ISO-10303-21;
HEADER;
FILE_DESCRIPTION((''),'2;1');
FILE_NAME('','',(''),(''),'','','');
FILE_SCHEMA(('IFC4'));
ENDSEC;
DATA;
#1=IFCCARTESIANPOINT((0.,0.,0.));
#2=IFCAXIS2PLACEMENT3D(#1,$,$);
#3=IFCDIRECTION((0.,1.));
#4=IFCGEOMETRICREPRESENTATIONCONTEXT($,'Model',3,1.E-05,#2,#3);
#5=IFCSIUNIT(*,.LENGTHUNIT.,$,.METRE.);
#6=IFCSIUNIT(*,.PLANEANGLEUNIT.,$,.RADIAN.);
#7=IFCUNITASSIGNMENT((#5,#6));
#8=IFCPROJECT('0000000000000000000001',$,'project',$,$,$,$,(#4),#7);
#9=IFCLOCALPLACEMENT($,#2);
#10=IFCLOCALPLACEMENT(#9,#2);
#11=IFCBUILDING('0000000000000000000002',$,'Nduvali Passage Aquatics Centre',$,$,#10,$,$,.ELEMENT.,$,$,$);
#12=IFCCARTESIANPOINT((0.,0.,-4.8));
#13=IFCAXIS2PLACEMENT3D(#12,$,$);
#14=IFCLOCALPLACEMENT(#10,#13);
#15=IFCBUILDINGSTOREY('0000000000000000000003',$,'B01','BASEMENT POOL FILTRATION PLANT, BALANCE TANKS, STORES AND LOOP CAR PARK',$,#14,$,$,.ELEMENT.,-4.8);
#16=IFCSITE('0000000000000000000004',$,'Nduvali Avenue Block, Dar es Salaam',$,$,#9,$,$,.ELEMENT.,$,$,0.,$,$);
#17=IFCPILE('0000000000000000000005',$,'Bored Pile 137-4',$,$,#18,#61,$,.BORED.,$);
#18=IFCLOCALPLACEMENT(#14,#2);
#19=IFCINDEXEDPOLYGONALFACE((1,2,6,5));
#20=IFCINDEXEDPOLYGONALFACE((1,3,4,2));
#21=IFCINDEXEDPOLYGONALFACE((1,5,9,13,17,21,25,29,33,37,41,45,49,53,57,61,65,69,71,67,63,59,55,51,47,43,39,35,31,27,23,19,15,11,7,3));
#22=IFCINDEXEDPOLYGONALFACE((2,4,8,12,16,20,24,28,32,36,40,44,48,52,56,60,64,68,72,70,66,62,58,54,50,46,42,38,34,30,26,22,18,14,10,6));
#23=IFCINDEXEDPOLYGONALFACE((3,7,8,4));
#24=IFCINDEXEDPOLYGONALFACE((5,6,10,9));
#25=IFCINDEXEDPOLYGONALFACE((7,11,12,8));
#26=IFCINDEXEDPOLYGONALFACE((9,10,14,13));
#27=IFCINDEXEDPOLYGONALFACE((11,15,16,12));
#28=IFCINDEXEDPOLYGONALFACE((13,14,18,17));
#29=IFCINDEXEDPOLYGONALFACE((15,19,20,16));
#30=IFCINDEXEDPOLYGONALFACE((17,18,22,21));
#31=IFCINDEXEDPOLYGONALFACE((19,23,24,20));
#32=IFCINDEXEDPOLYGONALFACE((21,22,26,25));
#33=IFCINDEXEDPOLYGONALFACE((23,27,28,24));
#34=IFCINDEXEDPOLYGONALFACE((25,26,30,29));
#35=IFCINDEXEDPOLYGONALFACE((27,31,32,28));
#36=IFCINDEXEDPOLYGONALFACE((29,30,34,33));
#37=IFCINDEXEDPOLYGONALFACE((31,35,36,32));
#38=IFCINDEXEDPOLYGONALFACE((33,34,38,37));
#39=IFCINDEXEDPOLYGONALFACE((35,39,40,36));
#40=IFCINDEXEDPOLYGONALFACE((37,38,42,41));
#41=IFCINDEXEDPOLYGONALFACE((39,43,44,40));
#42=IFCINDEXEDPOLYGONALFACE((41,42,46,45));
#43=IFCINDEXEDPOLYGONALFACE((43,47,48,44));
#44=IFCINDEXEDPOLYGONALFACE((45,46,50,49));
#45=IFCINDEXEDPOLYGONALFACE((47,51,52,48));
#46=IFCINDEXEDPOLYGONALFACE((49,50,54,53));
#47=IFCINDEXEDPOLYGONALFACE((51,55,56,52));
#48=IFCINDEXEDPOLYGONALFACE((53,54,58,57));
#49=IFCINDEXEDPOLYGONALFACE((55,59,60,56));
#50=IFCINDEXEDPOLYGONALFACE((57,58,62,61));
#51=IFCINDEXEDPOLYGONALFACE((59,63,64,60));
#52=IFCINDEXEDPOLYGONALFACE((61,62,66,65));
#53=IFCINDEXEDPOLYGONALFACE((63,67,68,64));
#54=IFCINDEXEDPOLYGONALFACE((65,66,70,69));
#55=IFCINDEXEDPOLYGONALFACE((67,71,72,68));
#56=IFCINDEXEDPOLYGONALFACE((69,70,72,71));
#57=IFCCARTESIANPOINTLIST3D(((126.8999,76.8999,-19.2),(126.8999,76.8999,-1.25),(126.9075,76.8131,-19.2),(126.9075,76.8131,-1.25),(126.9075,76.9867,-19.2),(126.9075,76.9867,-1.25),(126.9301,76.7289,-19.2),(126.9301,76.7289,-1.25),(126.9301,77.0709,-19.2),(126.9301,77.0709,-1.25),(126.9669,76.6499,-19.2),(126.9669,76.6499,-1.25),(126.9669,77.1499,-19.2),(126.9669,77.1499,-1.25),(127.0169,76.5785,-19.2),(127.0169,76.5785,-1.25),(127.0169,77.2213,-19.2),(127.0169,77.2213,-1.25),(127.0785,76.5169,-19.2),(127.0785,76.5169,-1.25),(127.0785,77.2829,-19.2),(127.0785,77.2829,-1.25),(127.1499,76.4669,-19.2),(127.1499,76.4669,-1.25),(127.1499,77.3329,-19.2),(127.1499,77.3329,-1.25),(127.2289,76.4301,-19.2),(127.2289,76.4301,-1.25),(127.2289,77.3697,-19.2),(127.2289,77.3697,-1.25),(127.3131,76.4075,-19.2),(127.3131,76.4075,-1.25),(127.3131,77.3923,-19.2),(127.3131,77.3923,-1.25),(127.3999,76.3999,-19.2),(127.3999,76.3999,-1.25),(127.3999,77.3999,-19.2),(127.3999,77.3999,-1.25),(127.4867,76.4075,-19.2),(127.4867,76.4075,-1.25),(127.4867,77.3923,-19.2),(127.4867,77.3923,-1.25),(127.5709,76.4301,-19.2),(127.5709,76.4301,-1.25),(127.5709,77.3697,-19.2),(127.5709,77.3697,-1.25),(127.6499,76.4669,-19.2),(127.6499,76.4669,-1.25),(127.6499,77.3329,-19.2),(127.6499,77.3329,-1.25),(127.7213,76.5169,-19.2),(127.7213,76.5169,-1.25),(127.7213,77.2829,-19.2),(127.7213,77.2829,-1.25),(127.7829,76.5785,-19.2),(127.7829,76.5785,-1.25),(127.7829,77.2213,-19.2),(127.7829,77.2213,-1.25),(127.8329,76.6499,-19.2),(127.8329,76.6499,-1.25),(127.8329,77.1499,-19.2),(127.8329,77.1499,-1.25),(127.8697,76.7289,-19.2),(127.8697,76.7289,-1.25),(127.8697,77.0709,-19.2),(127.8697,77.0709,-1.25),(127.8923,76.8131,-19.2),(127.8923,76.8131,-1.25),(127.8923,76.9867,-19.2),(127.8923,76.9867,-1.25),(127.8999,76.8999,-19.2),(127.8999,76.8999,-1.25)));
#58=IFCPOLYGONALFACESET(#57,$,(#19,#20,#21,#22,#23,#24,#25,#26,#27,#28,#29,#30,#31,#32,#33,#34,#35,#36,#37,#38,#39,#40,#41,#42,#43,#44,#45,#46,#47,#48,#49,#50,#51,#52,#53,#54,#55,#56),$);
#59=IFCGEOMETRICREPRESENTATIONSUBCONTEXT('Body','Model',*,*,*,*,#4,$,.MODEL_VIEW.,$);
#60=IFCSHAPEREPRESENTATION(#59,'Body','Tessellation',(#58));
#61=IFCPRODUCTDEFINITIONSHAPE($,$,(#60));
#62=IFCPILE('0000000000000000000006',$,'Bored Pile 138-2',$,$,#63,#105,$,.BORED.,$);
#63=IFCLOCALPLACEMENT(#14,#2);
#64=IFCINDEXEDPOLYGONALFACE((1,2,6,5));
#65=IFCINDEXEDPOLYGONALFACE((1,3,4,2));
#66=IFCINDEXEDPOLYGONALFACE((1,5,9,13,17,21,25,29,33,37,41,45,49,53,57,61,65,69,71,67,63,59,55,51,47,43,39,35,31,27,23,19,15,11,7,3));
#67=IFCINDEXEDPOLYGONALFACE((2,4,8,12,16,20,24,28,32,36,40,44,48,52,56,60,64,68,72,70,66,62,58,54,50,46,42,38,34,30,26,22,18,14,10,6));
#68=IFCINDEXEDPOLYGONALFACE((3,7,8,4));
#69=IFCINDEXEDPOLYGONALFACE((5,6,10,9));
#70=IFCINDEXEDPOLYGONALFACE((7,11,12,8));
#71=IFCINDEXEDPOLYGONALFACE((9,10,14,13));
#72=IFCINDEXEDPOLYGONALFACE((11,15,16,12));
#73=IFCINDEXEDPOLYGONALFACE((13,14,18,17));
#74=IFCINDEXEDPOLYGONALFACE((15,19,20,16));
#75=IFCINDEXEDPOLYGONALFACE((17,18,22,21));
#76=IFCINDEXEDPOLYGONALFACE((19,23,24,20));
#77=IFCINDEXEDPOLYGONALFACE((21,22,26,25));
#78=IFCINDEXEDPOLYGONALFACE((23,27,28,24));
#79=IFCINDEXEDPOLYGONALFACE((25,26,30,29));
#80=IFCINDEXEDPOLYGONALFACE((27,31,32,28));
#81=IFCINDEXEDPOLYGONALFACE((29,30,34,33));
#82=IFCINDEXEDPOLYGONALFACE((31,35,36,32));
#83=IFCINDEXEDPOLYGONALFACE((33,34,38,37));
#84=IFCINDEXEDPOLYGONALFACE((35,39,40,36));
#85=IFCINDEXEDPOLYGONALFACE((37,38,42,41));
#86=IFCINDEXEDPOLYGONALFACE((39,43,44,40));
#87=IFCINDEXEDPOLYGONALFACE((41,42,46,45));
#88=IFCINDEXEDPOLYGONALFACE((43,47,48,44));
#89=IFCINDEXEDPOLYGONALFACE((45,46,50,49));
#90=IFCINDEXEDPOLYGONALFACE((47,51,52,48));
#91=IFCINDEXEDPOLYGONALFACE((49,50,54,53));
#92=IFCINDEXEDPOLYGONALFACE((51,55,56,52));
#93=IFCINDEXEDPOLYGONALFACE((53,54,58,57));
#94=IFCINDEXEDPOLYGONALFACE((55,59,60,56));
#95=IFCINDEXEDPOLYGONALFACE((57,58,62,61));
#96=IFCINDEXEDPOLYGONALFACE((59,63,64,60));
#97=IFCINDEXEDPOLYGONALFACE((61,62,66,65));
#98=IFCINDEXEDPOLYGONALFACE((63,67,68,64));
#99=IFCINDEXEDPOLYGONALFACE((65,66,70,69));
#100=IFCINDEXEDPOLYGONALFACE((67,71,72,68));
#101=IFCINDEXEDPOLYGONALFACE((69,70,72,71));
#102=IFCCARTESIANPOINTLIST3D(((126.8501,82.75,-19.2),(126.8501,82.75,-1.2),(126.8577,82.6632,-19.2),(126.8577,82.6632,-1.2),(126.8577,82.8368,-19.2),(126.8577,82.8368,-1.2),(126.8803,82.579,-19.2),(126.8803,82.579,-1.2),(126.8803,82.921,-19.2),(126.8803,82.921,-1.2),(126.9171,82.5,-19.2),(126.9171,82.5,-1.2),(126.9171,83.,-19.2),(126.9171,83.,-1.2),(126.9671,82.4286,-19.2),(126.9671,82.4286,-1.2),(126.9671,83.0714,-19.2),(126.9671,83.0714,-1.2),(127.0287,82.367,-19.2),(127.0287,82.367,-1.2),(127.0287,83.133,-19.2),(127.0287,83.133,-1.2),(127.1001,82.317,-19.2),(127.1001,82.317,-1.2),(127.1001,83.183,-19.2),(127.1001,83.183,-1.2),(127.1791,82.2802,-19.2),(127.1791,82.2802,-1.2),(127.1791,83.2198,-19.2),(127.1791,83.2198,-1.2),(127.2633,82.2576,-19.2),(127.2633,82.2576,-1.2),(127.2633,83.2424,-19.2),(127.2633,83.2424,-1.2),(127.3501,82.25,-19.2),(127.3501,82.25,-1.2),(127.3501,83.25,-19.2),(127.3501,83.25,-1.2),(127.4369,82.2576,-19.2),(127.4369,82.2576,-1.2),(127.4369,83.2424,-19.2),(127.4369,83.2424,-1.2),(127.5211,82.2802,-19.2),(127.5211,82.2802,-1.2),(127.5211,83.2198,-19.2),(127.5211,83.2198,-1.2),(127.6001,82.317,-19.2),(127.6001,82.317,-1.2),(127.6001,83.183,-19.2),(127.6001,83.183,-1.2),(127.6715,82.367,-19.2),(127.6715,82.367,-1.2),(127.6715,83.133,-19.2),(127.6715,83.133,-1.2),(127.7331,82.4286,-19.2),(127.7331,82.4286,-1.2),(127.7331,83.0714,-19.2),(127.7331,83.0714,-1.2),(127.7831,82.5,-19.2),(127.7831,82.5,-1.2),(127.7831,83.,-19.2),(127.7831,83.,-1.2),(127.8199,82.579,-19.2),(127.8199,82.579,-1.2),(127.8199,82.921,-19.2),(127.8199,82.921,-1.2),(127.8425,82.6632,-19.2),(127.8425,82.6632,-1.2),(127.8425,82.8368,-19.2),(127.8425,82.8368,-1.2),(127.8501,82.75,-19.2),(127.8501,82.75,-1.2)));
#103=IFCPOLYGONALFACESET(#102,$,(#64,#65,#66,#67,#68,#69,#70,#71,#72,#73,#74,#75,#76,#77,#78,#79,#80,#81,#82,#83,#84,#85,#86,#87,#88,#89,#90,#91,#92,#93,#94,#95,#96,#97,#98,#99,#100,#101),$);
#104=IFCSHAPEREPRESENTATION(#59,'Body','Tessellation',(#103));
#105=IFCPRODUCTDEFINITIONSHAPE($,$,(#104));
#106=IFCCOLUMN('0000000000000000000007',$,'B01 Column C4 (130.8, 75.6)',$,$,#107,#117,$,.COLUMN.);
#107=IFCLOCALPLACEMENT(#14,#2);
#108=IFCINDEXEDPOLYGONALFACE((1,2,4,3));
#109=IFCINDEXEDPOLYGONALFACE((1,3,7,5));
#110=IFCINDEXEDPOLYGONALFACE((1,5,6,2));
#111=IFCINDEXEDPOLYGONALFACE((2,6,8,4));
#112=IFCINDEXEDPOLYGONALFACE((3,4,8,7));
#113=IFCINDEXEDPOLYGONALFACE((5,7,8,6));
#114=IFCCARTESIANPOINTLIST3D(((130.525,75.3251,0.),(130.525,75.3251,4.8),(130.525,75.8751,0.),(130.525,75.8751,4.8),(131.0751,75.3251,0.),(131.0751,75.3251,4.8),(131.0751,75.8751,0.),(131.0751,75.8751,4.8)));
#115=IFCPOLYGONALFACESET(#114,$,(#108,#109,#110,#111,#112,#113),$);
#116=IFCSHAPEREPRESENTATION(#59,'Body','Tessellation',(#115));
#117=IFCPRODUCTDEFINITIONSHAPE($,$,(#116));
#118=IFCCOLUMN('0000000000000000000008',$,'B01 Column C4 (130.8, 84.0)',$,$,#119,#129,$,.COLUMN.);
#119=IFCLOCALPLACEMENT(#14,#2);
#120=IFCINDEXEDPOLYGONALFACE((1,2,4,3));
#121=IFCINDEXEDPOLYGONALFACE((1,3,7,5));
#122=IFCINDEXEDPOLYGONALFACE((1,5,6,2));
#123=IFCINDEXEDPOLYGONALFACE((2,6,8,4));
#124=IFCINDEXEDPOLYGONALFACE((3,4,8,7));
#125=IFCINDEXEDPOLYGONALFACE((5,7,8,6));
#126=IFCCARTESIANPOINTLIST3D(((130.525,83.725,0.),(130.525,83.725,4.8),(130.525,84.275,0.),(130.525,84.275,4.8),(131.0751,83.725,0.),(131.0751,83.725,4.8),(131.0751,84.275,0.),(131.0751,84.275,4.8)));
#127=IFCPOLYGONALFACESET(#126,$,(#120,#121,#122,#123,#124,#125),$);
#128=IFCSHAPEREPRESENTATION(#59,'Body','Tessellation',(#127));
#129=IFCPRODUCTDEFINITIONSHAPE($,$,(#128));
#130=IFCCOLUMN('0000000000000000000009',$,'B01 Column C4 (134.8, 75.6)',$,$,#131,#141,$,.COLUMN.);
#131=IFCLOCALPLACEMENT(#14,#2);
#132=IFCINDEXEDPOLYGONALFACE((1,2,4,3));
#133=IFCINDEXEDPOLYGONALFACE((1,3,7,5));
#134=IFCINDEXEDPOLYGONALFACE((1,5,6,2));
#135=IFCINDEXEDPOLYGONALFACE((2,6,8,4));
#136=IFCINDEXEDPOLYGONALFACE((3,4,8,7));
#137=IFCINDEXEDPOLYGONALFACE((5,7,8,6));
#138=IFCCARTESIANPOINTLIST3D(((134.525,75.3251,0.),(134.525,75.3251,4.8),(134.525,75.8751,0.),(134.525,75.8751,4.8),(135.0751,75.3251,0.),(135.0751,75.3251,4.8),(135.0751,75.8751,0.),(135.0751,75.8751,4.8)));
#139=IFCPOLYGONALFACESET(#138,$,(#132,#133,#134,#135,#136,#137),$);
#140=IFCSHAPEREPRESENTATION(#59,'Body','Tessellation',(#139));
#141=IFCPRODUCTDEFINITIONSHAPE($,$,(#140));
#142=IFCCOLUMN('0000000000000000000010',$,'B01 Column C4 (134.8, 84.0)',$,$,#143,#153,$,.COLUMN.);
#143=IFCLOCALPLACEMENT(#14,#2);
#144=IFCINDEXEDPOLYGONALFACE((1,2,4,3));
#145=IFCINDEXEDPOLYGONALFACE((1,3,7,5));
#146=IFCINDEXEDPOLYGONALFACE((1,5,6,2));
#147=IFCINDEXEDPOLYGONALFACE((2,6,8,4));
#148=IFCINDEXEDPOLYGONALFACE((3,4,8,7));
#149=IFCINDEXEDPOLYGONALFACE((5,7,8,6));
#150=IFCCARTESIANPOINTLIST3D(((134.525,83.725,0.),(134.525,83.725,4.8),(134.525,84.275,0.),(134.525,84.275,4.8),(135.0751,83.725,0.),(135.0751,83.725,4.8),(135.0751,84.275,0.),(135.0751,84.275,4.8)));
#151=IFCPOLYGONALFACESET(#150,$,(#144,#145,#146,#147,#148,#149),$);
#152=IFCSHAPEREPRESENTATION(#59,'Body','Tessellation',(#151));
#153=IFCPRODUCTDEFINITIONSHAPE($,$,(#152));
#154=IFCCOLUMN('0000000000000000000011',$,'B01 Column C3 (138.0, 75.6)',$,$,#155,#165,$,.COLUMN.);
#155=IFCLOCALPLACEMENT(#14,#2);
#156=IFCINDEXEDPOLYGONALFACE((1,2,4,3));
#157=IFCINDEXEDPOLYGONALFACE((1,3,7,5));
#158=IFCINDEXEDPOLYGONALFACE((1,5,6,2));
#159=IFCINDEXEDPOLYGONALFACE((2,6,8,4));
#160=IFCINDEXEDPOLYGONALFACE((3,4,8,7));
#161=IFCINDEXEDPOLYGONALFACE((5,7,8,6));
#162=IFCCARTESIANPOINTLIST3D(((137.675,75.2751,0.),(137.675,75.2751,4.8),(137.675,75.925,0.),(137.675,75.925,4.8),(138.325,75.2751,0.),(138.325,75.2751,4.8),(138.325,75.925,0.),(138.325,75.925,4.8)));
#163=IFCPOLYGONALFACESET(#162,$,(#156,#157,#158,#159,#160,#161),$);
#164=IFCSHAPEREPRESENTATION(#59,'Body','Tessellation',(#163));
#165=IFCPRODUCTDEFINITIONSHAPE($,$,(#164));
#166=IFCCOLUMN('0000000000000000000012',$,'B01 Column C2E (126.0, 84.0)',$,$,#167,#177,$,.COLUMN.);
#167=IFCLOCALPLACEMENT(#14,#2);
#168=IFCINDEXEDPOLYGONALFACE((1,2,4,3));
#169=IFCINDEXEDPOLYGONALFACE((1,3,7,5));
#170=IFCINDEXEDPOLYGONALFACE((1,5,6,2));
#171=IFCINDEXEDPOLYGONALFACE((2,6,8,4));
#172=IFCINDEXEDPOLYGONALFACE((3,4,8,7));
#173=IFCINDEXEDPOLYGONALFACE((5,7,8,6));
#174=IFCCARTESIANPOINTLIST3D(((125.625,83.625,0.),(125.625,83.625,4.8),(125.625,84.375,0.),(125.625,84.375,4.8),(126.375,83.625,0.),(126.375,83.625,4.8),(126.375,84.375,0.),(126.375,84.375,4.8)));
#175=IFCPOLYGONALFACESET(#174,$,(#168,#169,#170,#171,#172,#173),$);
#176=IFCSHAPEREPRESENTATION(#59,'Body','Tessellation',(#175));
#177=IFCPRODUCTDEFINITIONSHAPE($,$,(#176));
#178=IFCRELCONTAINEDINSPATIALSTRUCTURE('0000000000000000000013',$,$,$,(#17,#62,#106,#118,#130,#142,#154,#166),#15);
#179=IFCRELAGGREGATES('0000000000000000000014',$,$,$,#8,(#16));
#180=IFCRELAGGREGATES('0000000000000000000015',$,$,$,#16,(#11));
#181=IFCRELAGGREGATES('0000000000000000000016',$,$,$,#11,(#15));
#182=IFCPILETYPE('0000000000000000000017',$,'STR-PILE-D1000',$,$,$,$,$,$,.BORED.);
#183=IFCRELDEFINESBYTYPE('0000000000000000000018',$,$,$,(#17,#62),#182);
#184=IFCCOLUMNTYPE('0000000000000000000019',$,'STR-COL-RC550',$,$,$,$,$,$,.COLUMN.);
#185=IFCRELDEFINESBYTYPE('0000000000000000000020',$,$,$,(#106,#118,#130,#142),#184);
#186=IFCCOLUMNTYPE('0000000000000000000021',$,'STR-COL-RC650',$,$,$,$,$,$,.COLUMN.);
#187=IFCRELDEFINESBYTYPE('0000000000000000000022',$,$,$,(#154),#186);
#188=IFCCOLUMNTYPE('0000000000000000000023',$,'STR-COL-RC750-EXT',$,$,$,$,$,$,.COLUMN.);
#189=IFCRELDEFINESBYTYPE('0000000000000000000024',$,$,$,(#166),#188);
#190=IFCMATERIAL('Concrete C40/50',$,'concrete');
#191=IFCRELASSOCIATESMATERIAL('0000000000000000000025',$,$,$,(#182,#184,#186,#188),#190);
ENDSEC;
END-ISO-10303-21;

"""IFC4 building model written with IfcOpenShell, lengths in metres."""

from ifc_helpers import new_model, si_unit, direction, frame, origin, origin_2d, place, context, subcontext, project, spatial, rectangle, circle, extrude, material, material_profile, profile_set, type_object, element, save


model = new_model("IFC4")

# Units and contexts
model_context = context("Model", 3, precision=1e-05, world=origin(), true_north=direction((0.0, 1.0)))
body_context = subcontext(model_context, "Body", "Model", "MODEL_VIEW")
ifc_project = project(units=[si_unit("LENGTHUNIT", "METRE"), si_unit("PLANEANGLEUNIT", "RADIAN")], contexts=[model_context])

# Site, building, storey
site_placement = place(None, origin())
site = spatial("IfcSite", under=ifc_project, at=site_placement, Name="Nduvali Avenue Block, Dar es Salaam", CompositionType="ELEMENT", RefElevation=0.0)
building_placement = place(site_placement, origin())
building = spatial("IfcBuilding", under=site, at=building_placement, Name="Nduvali Passage Aquatics Centre", CompositionType="ELEMENT")
storey_placement = place(building_placement, frame((0.0, 0.0, -4.8)))
storey = spatial("IfcBuildingStorey", under=building, at=storey_placement, Name="B01", Description="BASEMENT POOL FILTRATION PLANT, BALANCE TANKS, STORES AND LOOP CAR PARK", CompositionType="ELEMENT", Elevation=-4.8)

# Shared definitions
ifc_material = material(Name="Concrete C40/50", Category="concrete")

# Piles
ifc_material_profile_1 = material_profile(ifc_material, circle(Radius=0.5, at=origin_2d()), Name="PILE D1000")
ifc_profile_set_1 = profile_set([ifc_material_profile_1], Name="Concrete C40/50")
pile_type = type_object("IfcPileType", Name="STR-PILE-D1000", PredefinedType="BORED", material=ifc_profile_set_1)
pile_1_placement = place(storey_placement, frame((127.3999, 76.8999, -1.25), z_axis=(0.0, 0.0, -1.0), x_axis=(1.0, 0.0, 0.0)))
element("IfcPile", 1, at=pile_1_placement, inside=storey, type_object=pile_type, Name="Bored Pile 137-4", PredefinedType="BORED", context=body_context, shape_type="SweptSolid", body=[
    extrude(circle(Radius=0.5, at=origin_2d()), origin(), (0.0, 0.0, 1.0), 17.95),
])
pile_2_placement = place(storey_placement, frame((127.3501, 82.75, -1.2), z_axis=(0.0, 0.0, -1.0), x_axis=(1.0, 0.0, 0.0)))
element("IfcPile", 2, at=pile_2_placement, inside=storey, type_object=pile_type, Name="Bored Pile 138-2", PredefinedType="BORED", context=body_context, shape_type="SweptSolid", body=[
    extrude(circle(Radius=0.5, at=origin_2d()), origin(), (0.0, 0.0, 1.0), 18.0),
])

# Columns
ifc_material_profile_2 = material_profile(ifc_material, rectangle(XDim=0.55, YDim=0.55, at=origin_2d()), Name="RC 550x550")
ifc_profile_set_2 = profile_set([ifc_material_profile_2], Name="Concrete C40/50")
column_type_1 = type_object("IfcColumnType", Name="STR-COL-RC550", PredefinedType="COLUMN", material=ifc_profile_set_2)
for number, where, z_axis, x_axis, name in (
    (3, (130.8, 75.6001, 0.0), (0.0, 0.0, 1.0), (1.0, 0.0, 0.0), "B01 Column C4 (130.8, 75.6)"),
    (4, (130.8, 84.0, 0.0), (0.0, 0.0, 1.0), (1.0, 0.0, 0.0), "B01 Column C4 (130.8, 84.0)"),
    (5, (134.8, 75.6001, 0.0), (0.0, 0.0, 1.0), (1.0, 0.0, 0.0), "B01 Column C4 (134.8, 75.6)"),
    (6, (134.8, 84.0, 0.0), (0.0, 0.0, 1.0), (1.0, 0.0, 0.0), "B01 Column C4 (134.8, 84.0)"),
):
    element("IfcColumn", number, at=place(storey_placement, frame(where, z_axis=z_axis, x_axis=x_axis)), inside=storey, type_object=column_type_1, Name=name, PredefinedType="COLUMN", context=body_context, shape_type="SweptSolid", body=[
        extrude(rectangle(XDim=0.55, YDim=0.55, at=origin_2d()), origin(), (0.0, 0.0, 1.0), 4.8),
    ])
ifc_material_profile_3 = material_profile(ifc_material, rectangle(XDim=0.6499, YDim=0.6499, at=origin_2d()), Name="RC 650x650")
ifc_profile_set_3 = profile_set([ifc_material_profile_3], Name="Concrete C40/50")
column_type_2 = type_object("IfcColumnType", Name="STR-COL-RC650", PredefinedType="COLUMN", material=ifc_profile_set_3)
column_1_placement = place(storey_placement, frame((138.0, 75.6001, 0.0), z_axis=(0.0, 0.0, 1.0), x_axis=(1.0, 0.0, 0.0)))
element("IfcColumn", 7, at=column_1_placement, inside=storey, type_object=column_type_2, Name="B01 Column C3 (138.0, 75.6)", PredefinedType="COLUMN", context=body_context, shape_type="SweptSolid", body=[
    extrude(rectangle(XDim=0.6499, YDim=0.6499, at=origin_2d()), origin(), (0.0, 0.0, 1.0), 4.8),
])
ifc_material_profile_4 = material_profile(ifc_material, rectangle(XDim=0.75, YDim=0.75, at=origin_2d()), Name="RC 750x750")
ifc_profile_set_4 = profile_set([ifc_material_profile_4], Name="Concrete C40/50")
column_type_3 = type_object("IfcColumnType", Name="STR-COL-RC750-EXT", PredefinedType="COLUMN", material=ifc_profile_set_4)
column_2_placement = place(storey_placement, frame((126.0, 84.0, 0.0), z_axis=(0.0, 0.0, 1.0), x_axis=(1.0, 0.0, 0.0)))
element("IfcColumn", 8, at=column_2_placement, inside=storey, type_object=column_type_3, Name="B01 Column C2E (126.0, 84.0)", PredefinedType="COLUMN", context=body_context, shape_type="SweptSolid", body=[
    extrude(rectangle(XDim=0.75, YDim=0.75, at=origin_2d()), origin(), (0.0, 0.0, 1.0), 4.8),
])

save(model, "model.ifc")
